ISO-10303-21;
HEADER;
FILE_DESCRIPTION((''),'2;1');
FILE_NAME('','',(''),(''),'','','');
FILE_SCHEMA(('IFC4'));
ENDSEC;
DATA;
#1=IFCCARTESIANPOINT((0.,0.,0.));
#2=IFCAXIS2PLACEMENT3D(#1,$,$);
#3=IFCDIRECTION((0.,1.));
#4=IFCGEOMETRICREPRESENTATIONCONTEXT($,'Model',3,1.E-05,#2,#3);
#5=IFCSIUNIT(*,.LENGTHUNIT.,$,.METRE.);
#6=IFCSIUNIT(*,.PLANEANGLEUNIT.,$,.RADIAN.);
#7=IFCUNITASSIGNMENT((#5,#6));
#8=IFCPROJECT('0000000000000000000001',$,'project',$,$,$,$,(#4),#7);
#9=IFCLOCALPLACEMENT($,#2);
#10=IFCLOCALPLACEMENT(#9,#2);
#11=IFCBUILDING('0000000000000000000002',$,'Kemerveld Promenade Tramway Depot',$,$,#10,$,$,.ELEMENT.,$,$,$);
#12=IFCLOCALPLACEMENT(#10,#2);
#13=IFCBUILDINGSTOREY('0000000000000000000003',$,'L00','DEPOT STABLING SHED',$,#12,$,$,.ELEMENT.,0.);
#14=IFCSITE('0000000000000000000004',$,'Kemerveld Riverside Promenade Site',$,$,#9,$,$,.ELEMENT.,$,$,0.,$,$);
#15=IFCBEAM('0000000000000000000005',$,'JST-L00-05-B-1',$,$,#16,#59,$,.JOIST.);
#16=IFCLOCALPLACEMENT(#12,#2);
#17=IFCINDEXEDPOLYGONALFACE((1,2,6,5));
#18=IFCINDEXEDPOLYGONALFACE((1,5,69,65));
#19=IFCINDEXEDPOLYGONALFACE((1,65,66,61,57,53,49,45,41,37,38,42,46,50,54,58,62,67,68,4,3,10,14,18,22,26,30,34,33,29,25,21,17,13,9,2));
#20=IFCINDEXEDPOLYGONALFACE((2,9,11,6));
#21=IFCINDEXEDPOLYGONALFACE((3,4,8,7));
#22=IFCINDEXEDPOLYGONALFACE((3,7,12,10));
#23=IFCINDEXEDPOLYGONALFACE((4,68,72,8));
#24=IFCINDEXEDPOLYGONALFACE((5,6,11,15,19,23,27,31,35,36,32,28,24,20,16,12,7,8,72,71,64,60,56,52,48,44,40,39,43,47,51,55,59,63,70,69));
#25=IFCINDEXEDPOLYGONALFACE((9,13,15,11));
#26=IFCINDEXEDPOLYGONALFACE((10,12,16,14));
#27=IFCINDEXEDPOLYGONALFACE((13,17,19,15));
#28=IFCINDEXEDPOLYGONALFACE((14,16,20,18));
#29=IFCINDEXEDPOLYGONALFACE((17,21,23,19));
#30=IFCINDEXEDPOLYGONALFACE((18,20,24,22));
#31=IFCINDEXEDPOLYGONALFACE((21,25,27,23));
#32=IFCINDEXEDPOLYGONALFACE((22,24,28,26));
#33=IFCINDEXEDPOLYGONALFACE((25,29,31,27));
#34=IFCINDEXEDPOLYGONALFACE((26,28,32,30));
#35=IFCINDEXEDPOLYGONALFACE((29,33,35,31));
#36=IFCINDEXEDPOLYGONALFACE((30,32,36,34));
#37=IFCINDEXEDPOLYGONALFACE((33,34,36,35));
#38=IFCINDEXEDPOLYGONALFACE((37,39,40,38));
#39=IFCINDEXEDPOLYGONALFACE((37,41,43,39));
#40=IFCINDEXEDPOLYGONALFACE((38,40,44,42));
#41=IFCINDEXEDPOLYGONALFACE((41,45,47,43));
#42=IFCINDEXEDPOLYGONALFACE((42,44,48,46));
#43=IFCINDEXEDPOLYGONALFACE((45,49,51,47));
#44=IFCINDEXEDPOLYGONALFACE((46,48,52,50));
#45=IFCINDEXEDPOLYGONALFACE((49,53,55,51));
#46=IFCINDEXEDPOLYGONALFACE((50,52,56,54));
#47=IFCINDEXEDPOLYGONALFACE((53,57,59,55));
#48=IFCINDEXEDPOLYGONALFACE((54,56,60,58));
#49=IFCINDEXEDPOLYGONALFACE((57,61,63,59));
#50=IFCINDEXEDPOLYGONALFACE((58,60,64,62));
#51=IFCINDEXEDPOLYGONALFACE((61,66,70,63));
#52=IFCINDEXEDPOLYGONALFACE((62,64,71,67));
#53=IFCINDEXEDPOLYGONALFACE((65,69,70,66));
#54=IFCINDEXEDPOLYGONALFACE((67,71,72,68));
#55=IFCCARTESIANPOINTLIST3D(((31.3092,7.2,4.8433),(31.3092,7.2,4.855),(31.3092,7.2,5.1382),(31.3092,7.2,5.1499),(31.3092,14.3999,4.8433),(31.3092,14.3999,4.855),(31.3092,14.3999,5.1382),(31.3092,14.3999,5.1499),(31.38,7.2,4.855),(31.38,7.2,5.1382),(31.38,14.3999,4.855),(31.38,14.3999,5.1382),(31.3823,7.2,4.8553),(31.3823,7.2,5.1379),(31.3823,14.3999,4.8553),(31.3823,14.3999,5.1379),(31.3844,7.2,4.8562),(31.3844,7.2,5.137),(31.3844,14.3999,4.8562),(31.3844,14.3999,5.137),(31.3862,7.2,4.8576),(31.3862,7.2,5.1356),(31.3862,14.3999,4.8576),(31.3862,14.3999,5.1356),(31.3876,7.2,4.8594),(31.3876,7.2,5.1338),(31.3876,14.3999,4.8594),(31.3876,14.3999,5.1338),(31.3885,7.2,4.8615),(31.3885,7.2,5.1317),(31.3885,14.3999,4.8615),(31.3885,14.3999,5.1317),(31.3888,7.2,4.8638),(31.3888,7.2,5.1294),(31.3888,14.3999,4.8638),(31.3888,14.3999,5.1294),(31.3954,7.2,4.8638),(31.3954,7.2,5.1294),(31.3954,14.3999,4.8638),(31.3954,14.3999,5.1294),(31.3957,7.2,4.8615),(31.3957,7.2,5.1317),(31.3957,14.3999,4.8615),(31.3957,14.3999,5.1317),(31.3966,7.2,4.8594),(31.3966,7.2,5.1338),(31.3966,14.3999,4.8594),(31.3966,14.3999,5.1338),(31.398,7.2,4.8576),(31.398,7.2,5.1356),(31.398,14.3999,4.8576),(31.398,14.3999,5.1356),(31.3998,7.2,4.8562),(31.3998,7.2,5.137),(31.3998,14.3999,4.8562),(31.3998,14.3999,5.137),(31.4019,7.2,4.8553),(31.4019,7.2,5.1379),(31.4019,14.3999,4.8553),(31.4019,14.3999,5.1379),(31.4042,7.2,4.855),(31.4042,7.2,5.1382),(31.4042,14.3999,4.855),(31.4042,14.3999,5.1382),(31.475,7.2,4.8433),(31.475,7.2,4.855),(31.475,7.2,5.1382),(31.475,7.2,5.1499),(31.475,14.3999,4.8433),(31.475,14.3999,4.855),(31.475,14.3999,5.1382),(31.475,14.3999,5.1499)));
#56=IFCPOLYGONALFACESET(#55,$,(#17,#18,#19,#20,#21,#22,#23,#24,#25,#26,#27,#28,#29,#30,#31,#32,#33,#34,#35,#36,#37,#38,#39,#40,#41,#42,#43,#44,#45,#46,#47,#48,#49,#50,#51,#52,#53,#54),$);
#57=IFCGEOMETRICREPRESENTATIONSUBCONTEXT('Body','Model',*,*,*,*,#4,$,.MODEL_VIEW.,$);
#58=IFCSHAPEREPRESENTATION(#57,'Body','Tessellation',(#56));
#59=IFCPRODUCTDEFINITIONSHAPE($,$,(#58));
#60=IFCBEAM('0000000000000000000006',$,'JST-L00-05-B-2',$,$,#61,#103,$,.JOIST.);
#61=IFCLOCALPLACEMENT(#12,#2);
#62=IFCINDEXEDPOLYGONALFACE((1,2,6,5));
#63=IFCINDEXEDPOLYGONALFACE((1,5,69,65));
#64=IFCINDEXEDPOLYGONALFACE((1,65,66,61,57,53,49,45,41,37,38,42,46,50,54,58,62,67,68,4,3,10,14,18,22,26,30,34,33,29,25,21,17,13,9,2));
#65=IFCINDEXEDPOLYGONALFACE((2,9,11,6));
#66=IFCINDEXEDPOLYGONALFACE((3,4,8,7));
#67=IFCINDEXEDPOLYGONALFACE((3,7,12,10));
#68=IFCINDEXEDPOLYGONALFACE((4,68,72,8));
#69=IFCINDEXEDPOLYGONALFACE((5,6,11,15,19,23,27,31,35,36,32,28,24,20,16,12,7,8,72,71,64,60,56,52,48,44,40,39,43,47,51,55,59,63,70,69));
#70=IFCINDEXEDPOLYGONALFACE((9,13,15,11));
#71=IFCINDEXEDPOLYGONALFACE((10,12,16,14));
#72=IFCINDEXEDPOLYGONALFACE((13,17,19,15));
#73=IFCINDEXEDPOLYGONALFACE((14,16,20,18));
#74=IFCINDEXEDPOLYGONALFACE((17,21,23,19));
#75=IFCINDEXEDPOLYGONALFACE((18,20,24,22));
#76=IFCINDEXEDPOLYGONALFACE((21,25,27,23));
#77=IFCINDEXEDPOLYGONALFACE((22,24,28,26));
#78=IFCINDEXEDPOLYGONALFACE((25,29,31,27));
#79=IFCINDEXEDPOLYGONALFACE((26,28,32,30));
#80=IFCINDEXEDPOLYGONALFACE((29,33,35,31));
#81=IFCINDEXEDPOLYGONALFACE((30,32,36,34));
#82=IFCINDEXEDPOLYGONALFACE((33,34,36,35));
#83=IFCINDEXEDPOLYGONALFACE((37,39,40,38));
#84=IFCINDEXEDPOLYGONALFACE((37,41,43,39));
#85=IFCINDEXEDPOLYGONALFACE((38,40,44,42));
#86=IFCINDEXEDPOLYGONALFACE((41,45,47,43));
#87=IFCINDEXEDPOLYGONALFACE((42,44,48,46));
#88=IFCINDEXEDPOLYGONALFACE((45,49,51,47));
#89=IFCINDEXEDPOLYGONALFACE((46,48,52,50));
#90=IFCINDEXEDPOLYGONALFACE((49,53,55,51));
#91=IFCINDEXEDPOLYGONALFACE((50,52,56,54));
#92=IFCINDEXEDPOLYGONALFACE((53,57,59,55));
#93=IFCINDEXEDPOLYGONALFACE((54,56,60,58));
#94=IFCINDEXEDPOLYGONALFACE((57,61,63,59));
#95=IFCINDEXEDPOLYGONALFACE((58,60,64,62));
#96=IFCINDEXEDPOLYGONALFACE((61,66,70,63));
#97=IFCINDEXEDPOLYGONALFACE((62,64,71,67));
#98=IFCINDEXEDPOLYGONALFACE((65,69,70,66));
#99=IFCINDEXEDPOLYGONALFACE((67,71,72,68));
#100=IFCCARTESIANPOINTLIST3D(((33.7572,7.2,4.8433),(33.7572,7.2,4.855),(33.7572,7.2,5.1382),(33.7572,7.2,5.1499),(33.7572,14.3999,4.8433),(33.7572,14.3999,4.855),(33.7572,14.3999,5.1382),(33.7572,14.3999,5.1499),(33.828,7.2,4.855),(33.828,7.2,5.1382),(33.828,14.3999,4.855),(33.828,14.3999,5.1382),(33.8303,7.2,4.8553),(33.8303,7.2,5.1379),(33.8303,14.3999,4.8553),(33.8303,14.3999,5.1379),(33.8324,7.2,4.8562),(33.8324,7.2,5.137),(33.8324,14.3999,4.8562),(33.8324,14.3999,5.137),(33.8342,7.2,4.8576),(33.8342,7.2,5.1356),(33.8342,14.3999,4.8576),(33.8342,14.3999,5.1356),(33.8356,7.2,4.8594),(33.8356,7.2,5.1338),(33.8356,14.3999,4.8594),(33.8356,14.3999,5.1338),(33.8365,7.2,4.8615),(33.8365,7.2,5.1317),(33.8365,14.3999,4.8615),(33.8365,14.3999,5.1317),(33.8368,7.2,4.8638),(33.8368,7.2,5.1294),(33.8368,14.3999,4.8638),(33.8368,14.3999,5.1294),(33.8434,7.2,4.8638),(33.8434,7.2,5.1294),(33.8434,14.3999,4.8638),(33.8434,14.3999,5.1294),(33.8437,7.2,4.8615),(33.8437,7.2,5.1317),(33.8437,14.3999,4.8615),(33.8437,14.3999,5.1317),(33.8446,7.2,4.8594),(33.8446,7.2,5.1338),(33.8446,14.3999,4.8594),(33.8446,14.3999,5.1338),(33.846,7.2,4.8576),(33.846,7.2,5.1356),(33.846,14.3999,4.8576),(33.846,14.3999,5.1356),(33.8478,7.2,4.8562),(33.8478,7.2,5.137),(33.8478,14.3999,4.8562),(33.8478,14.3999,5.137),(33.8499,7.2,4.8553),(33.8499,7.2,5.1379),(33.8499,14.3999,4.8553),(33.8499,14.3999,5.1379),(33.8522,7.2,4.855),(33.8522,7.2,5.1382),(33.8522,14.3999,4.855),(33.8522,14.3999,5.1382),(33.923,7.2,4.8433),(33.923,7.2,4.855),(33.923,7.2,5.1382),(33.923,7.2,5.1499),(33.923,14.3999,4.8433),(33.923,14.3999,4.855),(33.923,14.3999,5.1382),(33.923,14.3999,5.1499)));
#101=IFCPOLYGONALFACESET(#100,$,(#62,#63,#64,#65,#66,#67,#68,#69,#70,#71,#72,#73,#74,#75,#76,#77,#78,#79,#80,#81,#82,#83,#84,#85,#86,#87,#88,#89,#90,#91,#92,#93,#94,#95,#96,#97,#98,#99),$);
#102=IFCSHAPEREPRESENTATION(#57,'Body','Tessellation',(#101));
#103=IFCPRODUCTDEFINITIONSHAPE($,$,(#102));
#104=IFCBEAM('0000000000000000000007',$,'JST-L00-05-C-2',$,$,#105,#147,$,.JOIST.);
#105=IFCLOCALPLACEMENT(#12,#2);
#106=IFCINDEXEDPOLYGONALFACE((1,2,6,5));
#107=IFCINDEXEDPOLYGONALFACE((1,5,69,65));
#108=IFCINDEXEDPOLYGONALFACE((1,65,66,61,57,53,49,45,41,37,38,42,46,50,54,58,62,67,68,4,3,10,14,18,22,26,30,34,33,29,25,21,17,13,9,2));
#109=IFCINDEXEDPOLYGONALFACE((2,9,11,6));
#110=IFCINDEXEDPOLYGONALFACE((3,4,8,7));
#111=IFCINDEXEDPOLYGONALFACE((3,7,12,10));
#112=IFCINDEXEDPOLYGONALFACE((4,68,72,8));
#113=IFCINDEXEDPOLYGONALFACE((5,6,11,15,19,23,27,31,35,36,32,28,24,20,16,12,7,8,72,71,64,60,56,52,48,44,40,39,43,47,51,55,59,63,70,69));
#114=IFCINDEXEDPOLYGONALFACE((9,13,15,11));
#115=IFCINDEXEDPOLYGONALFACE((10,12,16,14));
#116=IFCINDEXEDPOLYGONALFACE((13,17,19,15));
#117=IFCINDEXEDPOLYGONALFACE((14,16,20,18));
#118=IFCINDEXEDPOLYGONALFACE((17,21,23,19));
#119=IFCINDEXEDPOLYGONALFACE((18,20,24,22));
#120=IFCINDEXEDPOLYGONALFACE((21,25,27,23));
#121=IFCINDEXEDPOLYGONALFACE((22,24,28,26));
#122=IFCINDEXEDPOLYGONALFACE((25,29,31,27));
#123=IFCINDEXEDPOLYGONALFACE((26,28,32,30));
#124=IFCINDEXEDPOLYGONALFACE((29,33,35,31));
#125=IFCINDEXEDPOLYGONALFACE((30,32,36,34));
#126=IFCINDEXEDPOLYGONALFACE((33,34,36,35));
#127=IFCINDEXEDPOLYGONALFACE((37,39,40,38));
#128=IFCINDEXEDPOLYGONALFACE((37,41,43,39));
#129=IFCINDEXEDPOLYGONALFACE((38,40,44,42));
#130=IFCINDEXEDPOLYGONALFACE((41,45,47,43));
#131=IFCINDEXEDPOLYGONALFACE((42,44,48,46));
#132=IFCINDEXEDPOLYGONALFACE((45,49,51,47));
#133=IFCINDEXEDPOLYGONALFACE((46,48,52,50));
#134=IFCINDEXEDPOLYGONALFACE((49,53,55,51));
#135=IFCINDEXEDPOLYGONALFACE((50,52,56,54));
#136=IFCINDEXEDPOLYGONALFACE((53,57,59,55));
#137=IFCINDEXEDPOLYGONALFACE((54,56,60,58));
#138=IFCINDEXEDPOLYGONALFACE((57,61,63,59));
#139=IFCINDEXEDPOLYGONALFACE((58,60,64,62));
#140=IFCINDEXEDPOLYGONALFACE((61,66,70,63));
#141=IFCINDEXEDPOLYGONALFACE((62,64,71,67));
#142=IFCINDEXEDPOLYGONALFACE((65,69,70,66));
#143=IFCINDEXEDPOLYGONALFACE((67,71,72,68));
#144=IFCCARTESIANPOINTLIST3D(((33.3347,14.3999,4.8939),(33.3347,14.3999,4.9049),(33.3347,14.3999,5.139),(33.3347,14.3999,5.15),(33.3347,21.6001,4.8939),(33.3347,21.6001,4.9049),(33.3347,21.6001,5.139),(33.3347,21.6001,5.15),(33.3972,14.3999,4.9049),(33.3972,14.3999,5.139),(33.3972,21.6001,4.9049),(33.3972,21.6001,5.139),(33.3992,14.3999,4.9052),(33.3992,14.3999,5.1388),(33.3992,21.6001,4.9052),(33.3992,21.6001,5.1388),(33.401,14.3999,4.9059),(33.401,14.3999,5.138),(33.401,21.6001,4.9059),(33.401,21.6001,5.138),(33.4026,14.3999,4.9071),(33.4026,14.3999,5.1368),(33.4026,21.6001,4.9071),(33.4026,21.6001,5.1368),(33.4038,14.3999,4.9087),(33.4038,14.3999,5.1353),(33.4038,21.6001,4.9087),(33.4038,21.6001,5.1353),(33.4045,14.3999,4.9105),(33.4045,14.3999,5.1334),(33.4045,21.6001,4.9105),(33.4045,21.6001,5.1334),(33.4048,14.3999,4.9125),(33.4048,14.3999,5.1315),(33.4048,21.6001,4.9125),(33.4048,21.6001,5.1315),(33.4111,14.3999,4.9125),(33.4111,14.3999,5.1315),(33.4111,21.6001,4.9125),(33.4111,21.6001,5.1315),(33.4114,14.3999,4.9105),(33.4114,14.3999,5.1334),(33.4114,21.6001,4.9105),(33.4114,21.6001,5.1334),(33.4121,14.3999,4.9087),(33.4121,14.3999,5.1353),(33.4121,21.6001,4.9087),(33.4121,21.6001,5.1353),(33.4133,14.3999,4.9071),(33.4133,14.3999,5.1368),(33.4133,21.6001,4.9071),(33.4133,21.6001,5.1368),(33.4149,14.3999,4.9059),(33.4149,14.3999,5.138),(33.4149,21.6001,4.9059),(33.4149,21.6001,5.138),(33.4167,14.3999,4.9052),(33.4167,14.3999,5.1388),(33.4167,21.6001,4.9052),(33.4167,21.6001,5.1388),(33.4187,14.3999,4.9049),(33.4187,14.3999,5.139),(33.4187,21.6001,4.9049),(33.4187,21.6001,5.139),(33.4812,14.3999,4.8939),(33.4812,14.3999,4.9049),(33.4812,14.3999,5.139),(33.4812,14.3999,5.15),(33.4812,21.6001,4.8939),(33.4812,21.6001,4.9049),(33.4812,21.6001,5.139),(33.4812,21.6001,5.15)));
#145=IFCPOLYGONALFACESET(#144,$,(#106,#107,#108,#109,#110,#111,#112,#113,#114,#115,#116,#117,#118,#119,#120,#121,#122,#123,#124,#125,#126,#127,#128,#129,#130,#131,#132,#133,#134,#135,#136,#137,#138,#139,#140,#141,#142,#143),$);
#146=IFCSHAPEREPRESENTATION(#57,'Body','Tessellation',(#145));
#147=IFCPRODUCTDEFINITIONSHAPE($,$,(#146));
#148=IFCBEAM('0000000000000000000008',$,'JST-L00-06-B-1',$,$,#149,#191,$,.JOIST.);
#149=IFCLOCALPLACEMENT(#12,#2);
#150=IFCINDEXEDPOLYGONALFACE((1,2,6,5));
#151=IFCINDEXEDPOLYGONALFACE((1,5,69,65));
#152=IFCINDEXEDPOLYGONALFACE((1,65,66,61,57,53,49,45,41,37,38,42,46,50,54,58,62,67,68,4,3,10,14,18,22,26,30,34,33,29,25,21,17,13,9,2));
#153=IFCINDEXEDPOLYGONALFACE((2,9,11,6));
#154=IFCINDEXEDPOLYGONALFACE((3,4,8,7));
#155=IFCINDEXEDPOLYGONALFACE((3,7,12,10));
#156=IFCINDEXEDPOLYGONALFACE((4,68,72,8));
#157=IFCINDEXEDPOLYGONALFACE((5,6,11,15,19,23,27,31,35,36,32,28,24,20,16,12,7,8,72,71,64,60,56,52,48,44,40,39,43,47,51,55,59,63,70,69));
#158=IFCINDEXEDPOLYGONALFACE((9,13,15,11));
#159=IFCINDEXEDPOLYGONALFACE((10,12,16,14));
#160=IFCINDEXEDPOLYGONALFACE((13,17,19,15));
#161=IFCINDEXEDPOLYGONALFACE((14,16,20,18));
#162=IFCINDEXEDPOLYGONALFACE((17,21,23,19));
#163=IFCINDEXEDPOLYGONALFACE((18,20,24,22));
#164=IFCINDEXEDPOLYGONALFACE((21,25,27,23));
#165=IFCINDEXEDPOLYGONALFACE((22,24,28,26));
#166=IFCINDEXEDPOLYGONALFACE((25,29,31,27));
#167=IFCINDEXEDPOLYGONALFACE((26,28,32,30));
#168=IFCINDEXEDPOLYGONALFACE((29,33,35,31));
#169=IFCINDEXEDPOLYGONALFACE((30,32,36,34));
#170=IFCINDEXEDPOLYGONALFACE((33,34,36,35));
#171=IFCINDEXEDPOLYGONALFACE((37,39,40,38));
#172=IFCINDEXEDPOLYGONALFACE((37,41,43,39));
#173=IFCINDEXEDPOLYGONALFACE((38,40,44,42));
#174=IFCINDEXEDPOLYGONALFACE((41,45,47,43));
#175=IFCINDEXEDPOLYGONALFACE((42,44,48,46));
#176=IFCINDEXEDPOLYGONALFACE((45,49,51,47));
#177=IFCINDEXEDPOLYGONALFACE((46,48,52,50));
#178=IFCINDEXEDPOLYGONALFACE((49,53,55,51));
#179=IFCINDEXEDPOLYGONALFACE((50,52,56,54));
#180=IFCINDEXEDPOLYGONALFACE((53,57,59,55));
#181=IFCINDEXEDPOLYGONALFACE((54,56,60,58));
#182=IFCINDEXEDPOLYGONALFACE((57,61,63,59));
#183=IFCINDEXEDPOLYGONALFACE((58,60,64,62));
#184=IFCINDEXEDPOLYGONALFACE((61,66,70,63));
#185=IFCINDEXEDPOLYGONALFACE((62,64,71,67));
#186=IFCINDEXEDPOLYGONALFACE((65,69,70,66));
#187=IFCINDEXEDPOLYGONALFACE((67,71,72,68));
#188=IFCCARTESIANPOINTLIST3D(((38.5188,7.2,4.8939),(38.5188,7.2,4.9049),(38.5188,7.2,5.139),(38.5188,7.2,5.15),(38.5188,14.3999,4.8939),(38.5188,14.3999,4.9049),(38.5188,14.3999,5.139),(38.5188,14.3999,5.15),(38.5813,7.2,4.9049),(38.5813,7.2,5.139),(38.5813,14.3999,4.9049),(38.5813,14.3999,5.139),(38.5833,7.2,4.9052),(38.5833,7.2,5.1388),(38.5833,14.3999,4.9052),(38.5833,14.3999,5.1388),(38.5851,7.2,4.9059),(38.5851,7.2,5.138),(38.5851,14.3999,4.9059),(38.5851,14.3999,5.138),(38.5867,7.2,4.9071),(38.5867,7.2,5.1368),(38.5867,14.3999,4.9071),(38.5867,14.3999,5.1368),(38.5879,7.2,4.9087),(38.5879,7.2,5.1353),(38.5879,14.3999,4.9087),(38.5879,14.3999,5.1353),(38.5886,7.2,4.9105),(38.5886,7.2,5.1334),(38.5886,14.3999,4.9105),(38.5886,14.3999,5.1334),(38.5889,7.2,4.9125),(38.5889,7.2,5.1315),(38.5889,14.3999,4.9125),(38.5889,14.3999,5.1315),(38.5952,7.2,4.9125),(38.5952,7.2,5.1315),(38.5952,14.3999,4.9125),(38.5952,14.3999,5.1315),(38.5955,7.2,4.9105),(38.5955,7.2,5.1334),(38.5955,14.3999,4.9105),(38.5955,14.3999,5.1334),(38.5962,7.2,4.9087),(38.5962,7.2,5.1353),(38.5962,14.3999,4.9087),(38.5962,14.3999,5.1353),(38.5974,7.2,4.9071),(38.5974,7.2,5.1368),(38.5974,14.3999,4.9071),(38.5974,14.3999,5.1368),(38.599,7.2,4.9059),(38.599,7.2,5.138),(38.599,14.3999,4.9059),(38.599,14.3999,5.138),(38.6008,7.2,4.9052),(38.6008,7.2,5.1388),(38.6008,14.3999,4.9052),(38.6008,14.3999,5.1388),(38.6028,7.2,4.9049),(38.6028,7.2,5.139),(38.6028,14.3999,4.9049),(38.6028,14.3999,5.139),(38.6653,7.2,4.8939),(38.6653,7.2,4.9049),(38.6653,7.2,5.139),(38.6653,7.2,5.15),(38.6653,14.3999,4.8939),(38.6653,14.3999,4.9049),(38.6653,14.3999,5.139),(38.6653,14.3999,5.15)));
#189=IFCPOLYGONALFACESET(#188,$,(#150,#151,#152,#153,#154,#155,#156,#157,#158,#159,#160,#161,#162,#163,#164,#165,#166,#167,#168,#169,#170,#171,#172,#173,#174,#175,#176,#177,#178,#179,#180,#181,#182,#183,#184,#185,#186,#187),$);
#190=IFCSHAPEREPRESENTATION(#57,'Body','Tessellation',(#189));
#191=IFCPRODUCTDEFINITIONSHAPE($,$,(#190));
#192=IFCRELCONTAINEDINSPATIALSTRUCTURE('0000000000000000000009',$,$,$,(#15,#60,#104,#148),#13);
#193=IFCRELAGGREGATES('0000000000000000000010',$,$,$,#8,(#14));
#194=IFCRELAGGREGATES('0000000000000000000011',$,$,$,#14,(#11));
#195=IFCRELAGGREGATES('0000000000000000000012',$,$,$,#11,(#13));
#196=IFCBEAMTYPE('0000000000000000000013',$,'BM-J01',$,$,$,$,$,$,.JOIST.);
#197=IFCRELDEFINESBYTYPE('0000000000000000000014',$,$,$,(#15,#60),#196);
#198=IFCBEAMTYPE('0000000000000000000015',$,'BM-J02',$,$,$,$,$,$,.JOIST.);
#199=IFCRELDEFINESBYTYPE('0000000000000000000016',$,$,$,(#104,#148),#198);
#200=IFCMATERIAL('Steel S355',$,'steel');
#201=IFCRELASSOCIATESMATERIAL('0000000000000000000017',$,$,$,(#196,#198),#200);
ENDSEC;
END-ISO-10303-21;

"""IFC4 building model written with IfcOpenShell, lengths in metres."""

from ifc_helpers import new_model, si_unit, direction, frame, origin, origin_2d, place, context, subcontext, project, spatial, i_section, extrude, material, material_profile, profile_set, type_object, element, save


model = new_model("IFC4")

# Units and contexts
model_context = context("Model", 3, precision=1e-05, world=origin(), true_north=direction((0.0, 1.0)))
body_context = subcontext(model_context, "Body", "Model", "MODEL_VIEW")
ifc_project = project(units=[si_unit("LENGTHUNIT", "METRE"), si_unit("PLANEANGLEUNIT", "RADIAN")], contexts=[model_context])

# Site, building, storey
site_placement = place(None, origin())
site = spatial("IfcSite", under=ifc_project, at=site_placement, Name="Kemerveld Riverside Promenade Site", CompositionType="ELEMENT", RefElevation=0.0)
building_placement = place(site_placement, origin())
building = spatial("IfcBuilding", under=site, at=building_placement, Name="Kemerveld Promenade Tramway Depot", CompositionType="ELEMENT")
storey_placement = place(building_placement, origin())
storey = spatial("IfcBuildingStorey", under=building, at=storey_placement, Name="L00", Description="DEPOT STABLING SHED", CompositionType="ELEMENT", Elevation=0.0)

# Shared definitions
ifc_material_1 = material(Name="Steel S355", Category="steel")

# Beams
ifc_material_profile_1 = material_profile(ifc_material_1, i_section(OverallWidth=0.1658, OverallDepth=0.3066, WebThickness=0.0066, FlangeThickness=0.0117, FilletRadius=0.0088, at=origin_2d()), Name="305x165x46 UB")
ifc_profile_set_1 = profile_set([ifc_material_profile_1], Name="Steel S355")
beam_type_1 = type_object("IfcBeamType", Name="BM-J01", PredefinedType="JOIST", material=ifc_profile_set_1)
for number, where, z_axis, x_axis, name in (
    (1, (31.3921, 7.2, 4.9966), (0.0, 1.0, 0.0), (-1.0, 0.0, 0.0), "JST-L00-05-B-1"),
    (2, (33.8401, 7.2, 4.9966), (0.0, 1.0, 0.0), (-1.0, 0.0, 0.0), "JST-L00-05-B-2"),
):
    element("IfcBeam", number, at=place(storey_placement, frame(where, z_axis=z_axis, x_axis=x_axis)), inside=storey, type_object=beam_type_1, Name=name, PredefinedType="JOIST", context=body_context, shape_type="SweptSolid", body=[
        extrude(i_section(OverallWidth=0.1658, OverallDepth=0.3066, WebThickness=0.0066, FlangeThickness=0.0117, FilletRadius=0.0088, at=origin_2d()), origin(), (0.0, 0.0, 1.0), 7.2),
    ])
ifc_material_profile_2 = material_profile(ifc_material_1, i_section(OverallWidth=0.1465, OverallDepth=0.2561, WebThickness=0.0063, FlangeThickness=0.011, FilletRadius=0.0076, at=origin_2d()), Name="254x146x37 UB")
ifc_profile_set_2 = profile_set([ifc_material_profile_2], Name="Steel S355")
beam_type_2 = type_object("IfcBeamType", Name="BM-J02", PredefinedType="JOIST", material=ifc_profile_set_2)
beam_placement = place(storey_placement, frame((33.408, 14.3999, 5.022), z_axis=(0.0, 1.0, 0.0), x_axis=(-1.0, 0.0, 0.0)))
element("IfcBeam", 3, at=beam_placement, inside=storey, type_object=beam_type_2, Name="JST-L00-05-C-2", PredefinedType="JOIST", context=body_context, shape_type="SweptSolid", body=[
    extrude(i_section(OverallWidth=0.1465, OverallDepth=0.2561, WebThickness=0.0063, FlangeThickness=0.011, FilletRadius=0.0076, at=origin_2d()), origin(), (0.0, 0.0, 1.0), 7.2002),
])
for number, where, z_axis, x_axis, name in (
    (4, (38.592, 7.2, 5.022), (0.0, 1.0, 0.0), (-1.0, 0.0, 0.0), "JST-L00-06-B-1"),
):
    element("IfcBeam", number, at=place(storey_placement, frame(where, z_axis=z_axis, x_axis=x_axis)), inside=storey, type_object=beam_type_2, Name=name, PredefinedType="JOIST", context=body_context, shape_type="SweptSolid", body=[
        extrude(i_section(OverallWidth=0.1465, OverallDepth=0.2561, WebThickness=0.0063, FlangeThickness=0.011, FilletRadius=0.0076, at=origin_2d()), origin(), (0.0, 0.0, 1.0), 7.2),
    ])

save(model, "model.ifc")
